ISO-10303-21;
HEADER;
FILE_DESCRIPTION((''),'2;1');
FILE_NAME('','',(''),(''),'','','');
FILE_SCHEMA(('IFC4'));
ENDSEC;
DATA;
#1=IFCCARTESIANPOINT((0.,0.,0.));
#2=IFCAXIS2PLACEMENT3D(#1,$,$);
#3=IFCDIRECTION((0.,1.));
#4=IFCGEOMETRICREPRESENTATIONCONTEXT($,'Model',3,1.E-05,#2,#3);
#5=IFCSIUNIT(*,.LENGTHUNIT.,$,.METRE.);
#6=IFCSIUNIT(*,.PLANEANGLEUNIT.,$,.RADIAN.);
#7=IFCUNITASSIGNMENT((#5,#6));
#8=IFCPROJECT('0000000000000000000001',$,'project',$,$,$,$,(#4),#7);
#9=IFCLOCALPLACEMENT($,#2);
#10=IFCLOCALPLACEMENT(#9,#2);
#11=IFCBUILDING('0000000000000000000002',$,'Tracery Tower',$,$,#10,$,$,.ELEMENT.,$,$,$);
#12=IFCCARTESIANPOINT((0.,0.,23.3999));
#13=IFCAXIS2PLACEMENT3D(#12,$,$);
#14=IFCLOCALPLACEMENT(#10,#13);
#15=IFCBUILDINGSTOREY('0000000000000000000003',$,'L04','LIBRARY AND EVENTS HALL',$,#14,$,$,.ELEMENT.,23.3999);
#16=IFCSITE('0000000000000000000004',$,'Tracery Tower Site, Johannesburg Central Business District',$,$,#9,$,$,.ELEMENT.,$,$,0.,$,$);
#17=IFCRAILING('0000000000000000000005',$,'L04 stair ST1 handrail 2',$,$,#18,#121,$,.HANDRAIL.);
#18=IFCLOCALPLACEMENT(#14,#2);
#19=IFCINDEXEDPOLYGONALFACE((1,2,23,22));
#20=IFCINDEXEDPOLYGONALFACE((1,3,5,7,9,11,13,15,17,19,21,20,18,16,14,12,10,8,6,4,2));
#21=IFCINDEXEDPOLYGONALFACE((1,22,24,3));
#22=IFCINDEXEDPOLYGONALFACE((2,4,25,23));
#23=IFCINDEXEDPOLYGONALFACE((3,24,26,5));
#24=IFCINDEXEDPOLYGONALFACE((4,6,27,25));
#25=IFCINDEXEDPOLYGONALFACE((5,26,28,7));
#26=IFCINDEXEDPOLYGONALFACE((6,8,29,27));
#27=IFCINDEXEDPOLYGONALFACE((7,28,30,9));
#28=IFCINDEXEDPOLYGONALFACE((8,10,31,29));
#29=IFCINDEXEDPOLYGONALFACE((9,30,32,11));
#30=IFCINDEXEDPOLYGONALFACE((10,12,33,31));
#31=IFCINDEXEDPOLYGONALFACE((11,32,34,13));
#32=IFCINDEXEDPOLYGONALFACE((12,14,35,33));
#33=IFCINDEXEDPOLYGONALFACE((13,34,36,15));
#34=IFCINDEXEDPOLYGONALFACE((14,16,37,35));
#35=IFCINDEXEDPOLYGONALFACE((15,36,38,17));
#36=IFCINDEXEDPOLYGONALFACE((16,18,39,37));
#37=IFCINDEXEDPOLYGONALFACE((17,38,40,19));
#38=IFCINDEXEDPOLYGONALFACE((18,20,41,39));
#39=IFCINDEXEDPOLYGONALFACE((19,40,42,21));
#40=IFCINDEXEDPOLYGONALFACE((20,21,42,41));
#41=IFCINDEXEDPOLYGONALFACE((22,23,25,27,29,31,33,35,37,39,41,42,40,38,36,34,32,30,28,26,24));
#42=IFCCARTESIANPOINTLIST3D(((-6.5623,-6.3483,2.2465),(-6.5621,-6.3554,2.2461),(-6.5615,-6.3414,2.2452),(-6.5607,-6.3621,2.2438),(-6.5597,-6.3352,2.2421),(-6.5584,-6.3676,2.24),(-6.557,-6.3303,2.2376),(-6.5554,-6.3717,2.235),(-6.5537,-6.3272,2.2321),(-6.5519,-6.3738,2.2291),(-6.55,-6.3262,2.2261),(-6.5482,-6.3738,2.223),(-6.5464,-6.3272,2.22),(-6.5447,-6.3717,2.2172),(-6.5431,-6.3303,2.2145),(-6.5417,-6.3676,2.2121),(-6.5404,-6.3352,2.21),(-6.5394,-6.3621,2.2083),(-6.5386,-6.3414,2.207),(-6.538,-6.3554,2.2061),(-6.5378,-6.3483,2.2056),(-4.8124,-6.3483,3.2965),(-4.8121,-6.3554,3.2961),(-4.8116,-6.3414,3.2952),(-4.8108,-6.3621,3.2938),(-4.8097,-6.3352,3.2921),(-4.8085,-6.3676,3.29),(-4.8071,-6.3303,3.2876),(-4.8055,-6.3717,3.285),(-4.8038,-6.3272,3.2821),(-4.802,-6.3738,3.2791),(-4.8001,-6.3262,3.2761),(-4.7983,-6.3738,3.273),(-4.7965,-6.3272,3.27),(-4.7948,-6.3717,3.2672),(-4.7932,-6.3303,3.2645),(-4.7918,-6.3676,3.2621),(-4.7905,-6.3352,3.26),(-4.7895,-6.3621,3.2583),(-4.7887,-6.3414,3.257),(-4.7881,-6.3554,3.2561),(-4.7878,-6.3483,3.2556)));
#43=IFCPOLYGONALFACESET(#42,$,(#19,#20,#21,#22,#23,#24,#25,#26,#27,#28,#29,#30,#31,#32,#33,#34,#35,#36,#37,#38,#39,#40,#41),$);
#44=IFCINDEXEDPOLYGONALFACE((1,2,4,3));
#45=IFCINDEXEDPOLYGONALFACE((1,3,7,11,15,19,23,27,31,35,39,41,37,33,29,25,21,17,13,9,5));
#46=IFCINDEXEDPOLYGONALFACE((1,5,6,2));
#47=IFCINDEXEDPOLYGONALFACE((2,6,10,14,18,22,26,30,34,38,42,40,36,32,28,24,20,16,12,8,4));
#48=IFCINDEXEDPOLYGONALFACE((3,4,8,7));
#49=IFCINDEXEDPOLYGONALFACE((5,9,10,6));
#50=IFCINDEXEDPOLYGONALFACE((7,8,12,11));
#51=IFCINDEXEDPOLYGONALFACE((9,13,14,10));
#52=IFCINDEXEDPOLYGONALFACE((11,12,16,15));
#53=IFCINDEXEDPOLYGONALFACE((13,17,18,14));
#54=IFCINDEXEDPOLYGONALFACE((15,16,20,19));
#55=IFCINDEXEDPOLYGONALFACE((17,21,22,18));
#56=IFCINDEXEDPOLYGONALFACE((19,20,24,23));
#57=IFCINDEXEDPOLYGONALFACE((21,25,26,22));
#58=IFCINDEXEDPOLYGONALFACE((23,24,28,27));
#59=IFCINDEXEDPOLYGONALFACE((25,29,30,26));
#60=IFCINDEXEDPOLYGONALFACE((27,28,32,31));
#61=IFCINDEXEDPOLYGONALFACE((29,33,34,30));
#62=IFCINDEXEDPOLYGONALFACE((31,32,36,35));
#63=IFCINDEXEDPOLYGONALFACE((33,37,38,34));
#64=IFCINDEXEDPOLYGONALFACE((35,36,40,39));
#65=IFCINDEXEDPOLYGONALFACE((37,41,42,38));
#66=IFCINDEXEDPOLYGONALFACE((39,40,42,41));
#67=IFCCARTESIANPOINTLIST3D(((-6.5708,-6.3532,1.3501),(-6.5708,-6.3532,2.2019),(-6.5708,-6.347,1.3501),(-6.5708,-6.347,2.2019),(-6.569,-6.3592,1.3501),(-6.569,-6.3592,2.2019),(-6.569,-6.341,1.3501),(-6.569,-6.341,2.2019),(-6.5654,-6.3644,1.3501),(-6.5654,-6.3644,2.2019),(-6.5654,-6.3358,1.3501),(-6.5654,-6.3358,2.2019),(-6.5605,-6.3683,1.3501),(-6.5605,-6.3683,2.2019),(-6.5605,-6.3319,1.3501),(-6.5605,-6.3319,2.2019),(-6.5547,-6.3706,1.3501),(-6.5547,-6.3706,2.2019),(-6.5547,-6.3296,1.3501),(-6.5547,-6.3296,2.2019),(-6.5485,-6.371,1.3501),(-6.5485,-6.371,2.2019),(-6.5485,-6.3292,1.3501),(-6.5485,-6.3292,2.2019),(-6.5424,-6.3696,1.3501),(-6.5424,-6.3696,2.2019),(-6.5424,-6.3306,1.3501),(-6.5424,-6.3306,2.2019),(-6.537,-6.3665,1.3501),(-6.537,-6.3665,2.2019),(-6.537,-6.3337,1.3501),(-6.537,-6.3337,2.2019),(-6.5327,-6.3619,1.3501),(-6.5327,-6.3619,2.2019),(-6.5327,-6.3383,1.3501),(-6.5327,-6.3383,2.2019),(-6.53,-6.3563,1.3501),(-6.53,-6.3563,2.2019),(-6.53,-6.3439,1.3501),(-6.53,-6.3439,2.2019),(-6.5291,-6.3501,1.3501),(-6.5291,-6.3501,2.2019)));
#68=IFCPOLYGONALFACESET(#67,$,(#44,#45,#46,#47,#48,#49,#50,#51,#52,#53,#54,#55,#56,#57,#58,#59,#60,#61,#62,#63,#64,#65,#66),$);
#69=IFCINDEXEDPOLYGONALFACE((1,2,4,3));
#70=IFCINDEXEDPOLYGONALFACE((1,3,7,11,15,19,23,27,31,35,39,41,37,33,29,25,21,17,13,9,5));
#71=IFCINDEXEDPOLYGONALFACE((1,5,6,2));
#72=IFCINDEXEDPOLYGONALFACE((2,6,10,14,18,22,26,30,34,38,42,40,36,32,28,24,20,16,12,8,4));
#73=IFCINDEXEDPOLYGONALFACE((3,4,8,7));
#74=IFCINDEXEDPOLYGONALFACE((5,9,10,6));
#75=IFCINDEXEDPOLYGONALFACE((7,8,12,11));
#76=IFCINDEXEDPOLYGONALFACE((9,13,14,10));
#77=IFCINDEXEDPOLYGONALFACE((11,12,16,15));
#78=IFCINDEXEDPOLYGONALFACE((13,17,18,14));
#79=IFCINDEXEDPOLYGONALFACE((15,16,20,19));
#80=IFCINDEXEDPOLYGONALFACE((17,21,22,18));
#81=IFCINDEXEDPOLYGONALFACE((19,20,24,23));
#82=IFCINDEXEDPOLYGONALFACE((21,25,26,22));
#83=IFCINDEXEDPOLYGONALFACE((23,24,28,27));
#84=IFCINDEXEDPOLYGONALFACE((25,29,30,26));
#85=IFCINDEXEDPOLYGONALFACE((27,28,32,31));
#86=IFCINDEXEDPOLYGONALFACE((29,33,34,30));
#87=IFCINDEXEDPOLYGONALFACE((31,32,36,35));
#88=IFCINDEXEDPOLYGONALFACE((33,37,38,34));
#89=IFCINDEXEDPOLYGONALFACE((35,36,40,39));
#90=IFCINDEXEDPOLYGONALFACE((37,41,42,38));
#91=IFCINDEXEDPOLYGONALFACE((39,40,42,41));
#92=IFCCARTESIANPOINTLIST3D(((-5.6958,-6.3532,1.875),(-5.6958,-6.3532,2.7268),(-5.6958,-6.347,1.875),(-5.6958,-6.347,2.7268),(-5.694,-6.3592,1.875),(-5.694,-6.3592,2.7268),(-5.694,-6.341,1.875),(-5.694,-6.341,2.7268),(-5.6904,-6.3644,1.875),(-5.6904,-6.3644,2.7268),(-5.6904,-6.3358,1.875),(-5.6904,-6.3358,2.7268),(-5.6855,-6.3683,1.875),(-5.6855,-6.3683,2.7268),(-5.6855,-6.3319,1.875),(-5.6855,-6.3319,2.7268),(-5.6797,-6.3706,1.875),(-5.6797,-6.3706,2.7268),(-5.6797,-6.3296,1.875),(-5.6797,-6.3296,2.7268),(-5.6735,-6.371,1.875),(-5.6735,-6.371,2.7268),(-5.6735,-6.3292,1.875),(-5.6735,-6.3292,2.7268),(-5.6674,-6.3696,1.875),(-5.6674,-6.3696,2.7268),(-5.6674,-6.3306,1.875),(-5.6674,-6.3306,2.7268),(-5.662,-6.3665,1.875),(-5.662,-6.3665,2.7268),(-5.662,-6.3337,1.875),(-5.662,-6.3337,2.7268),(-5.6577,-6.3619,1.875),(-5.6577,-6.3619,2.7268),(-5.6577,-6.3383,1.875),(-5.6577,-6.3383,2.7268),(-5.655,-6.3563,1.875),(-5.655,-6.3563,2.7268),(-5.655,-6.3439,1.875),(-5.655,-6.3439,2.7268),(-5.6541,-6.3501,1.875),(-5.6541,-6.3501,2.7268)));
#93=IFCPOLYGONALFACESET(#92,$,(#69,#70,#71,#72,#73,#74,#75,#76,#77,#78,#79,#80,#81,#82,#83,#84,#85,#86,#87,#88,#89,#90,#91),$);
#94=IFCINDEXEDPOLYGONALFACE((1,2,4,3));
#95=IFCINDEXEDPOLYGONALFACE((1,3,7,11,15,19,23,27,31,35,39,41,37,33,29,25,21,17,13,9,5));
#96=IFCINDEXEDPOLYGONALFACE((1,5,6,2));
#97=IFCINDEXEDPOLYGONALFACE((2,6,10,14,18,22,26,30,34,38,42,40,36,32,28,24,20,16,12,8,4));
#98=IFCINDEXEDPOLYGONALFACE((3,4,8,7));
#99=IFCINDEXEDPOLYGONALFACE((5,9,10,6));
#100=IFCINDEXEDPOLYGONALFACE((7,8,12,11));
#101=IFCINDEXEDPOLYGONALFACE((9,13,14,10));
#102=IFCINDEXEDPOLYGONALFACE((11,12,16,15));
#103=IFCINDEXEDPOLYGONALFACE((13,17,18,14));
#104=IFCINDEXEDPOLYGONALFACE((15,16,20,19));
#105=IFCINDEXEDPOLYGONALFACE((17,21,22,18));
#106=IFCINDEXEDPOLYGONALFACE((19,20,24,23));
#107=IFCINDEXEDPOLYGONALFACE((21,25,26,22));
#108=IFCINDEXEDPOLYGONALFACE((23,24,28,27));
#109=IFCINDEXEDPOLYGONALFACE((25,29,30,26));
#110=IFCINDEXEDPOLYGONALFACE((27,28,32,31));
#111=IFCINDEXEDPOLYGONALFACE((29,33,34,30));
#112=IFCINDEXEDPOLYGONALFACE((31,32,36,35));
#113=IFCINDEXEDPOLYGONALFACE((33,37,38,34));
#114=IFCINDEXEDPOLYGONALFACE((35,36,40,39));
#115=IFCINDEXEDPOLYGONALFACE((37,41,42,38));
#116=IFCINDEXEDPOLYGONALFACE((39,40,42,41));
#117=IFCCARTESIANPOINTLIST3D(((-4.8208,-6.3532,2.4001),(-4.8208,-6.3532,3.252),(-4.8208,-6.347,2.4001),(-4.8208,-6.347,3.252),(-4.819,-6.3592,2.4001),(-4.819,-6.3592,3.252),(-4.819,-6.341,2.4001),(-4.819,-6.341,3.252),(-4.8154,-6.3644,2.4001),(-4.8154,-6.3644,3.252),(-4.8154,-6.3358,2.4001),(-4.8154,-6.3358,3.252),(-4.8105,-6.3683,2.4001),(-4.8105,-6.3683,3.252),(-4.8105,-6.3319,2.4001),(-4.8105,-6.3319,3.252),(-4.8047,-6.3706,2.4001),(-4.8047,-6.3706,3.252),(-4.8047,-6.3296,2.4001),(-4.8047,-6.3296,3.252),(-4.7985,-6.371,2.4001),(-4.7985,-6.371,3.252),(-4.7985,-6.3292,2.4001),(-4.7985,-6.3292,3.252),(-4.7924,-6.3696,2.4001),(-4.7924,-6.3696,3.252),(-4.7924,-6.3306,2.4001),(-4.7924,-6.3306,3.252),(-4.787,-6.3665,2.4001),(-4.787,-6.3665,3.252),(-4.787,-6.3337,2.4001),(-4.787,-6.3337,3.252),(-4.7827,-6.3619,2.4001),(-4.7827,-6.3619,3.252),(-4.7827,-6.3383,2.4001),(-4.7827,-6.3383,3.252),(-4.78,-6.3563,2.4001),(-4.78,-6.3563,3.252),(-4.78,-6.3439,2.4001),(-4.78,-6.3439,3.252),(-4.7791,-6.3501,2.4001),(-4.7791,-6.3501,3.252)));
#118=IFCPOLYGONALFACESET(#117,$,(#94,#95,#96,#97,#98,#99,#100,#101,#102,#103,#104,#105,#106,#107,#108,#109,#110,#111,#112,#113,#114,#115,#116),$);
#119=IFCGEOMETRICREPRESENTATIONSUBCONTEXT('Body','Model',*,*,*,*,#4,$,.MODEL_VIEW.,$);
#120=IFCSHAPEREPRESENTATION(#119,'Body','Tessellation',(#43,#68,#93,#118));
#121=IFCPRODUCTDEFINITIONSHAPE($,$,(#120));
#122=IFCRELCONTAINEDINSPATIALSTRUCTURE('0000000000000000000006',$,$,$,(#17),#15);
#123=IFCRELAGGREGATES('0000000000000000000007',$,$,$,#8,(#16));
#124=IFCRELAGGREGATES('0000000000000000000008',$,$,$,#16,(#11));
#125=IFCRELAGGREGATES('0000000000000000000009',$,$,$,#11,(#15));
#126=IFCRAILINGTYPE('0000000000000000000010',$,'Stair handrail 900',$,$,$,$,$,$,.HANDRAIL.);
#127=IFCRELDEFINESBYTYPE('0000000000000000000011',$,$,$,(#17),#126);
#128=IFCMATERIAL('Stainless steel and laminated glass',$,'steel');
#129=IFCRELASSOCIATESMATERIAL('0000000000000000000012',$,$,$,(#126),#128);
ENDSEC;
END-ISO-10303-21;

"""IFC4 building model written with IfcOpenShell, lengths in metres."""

from ifc_helpers import new_model, si_unit, direction, frame, origin, origin_2d, place, context, subcontext, project, spatial, circle, extrude, material, type_object, element, save


model = new_model("IFC4")

# Units and contexts
model_context = context("Model", 3, precision=1e-05, world=origin(), true_north=direction((0.0, 1.0)))
body_context = subcontext(model_context, "Body", "Model", "MODEL_VIEW")
ifc_project = project(units=[si_unit("LENGTHUNIT", "METRE"), si_unit("PLANEANGLEUNIT", "RADIAN")], contexts=[model_context])

# Site, building, storey
site_placement = place(None, origin())
site = spatial("IfcSite", under=ifc_project, at=site_placement, Name="Tracery Tower Site, Johannesburg Central Business District", CompositionType="ELEMENT", RefElevation=0.0)
building_placement = place(site_placement, origin())
building = spatial("IfcBuilding", under=site, at=building_placement, Name="Tracery Tower", CompositionType="ELEMENT")
storey_placement = place(building_placement, frame((0.0, 0.0, 23.3999)))
storey = spatial("IfcBuildingStorey", under=building, at=storey_placement, Name="L04", Description="LIBRARY AND EVENTS HALL", CompositionType="ELEMENT", Elevation=23.3999)

# Railing
ifc_material_1 = material(Name="Stainless steel and laminated glass", Category="steel")
railing_type_1 = type_object("IfcRailingType", Name="Stair handrail 900", PredefinedType="HANDRAIL", material=ifc_material_1)
railing_1_placement = place(storey_placement, frame((-6.55, -6.3501, 1.3501)))
element("IfcRailing", 1, at=railing_1_placement, inside=storey, type_object=railing_type_1, Name="L04 stair ST1 handrail 2", PredefinedType="HANDRAIL", context=body_context, shape_type="SweptSolid", body=[
    extrude(circle(Radius=0.0239, at=origin_2d()), frame((0.0, 0.0, 0.876), z_axis=(0.857482, 0.0, 0.514513), x_axis=(0.0, 1.0, 0.0)), (0.0, 0.0, 1.0), 2.0408),
    extrude(circle(Radius=0.021, at=origin_2d()), origin(), (0.0, 0.0, 1.0), 0.8518),
    extrude(circle(Radius=0.021, at=origin_2d()), frame((0.875, 0.0, 0.5249)), (0.0, 0.0, 1.0), 0.8518),
    extrude(circle(Radius=0.021, at=origin_2d()), frame((1.75, 0.0, 1.05)), (0.0, 0.0, 1.0), 0.8518),
])

save(model, "model.ifc")
